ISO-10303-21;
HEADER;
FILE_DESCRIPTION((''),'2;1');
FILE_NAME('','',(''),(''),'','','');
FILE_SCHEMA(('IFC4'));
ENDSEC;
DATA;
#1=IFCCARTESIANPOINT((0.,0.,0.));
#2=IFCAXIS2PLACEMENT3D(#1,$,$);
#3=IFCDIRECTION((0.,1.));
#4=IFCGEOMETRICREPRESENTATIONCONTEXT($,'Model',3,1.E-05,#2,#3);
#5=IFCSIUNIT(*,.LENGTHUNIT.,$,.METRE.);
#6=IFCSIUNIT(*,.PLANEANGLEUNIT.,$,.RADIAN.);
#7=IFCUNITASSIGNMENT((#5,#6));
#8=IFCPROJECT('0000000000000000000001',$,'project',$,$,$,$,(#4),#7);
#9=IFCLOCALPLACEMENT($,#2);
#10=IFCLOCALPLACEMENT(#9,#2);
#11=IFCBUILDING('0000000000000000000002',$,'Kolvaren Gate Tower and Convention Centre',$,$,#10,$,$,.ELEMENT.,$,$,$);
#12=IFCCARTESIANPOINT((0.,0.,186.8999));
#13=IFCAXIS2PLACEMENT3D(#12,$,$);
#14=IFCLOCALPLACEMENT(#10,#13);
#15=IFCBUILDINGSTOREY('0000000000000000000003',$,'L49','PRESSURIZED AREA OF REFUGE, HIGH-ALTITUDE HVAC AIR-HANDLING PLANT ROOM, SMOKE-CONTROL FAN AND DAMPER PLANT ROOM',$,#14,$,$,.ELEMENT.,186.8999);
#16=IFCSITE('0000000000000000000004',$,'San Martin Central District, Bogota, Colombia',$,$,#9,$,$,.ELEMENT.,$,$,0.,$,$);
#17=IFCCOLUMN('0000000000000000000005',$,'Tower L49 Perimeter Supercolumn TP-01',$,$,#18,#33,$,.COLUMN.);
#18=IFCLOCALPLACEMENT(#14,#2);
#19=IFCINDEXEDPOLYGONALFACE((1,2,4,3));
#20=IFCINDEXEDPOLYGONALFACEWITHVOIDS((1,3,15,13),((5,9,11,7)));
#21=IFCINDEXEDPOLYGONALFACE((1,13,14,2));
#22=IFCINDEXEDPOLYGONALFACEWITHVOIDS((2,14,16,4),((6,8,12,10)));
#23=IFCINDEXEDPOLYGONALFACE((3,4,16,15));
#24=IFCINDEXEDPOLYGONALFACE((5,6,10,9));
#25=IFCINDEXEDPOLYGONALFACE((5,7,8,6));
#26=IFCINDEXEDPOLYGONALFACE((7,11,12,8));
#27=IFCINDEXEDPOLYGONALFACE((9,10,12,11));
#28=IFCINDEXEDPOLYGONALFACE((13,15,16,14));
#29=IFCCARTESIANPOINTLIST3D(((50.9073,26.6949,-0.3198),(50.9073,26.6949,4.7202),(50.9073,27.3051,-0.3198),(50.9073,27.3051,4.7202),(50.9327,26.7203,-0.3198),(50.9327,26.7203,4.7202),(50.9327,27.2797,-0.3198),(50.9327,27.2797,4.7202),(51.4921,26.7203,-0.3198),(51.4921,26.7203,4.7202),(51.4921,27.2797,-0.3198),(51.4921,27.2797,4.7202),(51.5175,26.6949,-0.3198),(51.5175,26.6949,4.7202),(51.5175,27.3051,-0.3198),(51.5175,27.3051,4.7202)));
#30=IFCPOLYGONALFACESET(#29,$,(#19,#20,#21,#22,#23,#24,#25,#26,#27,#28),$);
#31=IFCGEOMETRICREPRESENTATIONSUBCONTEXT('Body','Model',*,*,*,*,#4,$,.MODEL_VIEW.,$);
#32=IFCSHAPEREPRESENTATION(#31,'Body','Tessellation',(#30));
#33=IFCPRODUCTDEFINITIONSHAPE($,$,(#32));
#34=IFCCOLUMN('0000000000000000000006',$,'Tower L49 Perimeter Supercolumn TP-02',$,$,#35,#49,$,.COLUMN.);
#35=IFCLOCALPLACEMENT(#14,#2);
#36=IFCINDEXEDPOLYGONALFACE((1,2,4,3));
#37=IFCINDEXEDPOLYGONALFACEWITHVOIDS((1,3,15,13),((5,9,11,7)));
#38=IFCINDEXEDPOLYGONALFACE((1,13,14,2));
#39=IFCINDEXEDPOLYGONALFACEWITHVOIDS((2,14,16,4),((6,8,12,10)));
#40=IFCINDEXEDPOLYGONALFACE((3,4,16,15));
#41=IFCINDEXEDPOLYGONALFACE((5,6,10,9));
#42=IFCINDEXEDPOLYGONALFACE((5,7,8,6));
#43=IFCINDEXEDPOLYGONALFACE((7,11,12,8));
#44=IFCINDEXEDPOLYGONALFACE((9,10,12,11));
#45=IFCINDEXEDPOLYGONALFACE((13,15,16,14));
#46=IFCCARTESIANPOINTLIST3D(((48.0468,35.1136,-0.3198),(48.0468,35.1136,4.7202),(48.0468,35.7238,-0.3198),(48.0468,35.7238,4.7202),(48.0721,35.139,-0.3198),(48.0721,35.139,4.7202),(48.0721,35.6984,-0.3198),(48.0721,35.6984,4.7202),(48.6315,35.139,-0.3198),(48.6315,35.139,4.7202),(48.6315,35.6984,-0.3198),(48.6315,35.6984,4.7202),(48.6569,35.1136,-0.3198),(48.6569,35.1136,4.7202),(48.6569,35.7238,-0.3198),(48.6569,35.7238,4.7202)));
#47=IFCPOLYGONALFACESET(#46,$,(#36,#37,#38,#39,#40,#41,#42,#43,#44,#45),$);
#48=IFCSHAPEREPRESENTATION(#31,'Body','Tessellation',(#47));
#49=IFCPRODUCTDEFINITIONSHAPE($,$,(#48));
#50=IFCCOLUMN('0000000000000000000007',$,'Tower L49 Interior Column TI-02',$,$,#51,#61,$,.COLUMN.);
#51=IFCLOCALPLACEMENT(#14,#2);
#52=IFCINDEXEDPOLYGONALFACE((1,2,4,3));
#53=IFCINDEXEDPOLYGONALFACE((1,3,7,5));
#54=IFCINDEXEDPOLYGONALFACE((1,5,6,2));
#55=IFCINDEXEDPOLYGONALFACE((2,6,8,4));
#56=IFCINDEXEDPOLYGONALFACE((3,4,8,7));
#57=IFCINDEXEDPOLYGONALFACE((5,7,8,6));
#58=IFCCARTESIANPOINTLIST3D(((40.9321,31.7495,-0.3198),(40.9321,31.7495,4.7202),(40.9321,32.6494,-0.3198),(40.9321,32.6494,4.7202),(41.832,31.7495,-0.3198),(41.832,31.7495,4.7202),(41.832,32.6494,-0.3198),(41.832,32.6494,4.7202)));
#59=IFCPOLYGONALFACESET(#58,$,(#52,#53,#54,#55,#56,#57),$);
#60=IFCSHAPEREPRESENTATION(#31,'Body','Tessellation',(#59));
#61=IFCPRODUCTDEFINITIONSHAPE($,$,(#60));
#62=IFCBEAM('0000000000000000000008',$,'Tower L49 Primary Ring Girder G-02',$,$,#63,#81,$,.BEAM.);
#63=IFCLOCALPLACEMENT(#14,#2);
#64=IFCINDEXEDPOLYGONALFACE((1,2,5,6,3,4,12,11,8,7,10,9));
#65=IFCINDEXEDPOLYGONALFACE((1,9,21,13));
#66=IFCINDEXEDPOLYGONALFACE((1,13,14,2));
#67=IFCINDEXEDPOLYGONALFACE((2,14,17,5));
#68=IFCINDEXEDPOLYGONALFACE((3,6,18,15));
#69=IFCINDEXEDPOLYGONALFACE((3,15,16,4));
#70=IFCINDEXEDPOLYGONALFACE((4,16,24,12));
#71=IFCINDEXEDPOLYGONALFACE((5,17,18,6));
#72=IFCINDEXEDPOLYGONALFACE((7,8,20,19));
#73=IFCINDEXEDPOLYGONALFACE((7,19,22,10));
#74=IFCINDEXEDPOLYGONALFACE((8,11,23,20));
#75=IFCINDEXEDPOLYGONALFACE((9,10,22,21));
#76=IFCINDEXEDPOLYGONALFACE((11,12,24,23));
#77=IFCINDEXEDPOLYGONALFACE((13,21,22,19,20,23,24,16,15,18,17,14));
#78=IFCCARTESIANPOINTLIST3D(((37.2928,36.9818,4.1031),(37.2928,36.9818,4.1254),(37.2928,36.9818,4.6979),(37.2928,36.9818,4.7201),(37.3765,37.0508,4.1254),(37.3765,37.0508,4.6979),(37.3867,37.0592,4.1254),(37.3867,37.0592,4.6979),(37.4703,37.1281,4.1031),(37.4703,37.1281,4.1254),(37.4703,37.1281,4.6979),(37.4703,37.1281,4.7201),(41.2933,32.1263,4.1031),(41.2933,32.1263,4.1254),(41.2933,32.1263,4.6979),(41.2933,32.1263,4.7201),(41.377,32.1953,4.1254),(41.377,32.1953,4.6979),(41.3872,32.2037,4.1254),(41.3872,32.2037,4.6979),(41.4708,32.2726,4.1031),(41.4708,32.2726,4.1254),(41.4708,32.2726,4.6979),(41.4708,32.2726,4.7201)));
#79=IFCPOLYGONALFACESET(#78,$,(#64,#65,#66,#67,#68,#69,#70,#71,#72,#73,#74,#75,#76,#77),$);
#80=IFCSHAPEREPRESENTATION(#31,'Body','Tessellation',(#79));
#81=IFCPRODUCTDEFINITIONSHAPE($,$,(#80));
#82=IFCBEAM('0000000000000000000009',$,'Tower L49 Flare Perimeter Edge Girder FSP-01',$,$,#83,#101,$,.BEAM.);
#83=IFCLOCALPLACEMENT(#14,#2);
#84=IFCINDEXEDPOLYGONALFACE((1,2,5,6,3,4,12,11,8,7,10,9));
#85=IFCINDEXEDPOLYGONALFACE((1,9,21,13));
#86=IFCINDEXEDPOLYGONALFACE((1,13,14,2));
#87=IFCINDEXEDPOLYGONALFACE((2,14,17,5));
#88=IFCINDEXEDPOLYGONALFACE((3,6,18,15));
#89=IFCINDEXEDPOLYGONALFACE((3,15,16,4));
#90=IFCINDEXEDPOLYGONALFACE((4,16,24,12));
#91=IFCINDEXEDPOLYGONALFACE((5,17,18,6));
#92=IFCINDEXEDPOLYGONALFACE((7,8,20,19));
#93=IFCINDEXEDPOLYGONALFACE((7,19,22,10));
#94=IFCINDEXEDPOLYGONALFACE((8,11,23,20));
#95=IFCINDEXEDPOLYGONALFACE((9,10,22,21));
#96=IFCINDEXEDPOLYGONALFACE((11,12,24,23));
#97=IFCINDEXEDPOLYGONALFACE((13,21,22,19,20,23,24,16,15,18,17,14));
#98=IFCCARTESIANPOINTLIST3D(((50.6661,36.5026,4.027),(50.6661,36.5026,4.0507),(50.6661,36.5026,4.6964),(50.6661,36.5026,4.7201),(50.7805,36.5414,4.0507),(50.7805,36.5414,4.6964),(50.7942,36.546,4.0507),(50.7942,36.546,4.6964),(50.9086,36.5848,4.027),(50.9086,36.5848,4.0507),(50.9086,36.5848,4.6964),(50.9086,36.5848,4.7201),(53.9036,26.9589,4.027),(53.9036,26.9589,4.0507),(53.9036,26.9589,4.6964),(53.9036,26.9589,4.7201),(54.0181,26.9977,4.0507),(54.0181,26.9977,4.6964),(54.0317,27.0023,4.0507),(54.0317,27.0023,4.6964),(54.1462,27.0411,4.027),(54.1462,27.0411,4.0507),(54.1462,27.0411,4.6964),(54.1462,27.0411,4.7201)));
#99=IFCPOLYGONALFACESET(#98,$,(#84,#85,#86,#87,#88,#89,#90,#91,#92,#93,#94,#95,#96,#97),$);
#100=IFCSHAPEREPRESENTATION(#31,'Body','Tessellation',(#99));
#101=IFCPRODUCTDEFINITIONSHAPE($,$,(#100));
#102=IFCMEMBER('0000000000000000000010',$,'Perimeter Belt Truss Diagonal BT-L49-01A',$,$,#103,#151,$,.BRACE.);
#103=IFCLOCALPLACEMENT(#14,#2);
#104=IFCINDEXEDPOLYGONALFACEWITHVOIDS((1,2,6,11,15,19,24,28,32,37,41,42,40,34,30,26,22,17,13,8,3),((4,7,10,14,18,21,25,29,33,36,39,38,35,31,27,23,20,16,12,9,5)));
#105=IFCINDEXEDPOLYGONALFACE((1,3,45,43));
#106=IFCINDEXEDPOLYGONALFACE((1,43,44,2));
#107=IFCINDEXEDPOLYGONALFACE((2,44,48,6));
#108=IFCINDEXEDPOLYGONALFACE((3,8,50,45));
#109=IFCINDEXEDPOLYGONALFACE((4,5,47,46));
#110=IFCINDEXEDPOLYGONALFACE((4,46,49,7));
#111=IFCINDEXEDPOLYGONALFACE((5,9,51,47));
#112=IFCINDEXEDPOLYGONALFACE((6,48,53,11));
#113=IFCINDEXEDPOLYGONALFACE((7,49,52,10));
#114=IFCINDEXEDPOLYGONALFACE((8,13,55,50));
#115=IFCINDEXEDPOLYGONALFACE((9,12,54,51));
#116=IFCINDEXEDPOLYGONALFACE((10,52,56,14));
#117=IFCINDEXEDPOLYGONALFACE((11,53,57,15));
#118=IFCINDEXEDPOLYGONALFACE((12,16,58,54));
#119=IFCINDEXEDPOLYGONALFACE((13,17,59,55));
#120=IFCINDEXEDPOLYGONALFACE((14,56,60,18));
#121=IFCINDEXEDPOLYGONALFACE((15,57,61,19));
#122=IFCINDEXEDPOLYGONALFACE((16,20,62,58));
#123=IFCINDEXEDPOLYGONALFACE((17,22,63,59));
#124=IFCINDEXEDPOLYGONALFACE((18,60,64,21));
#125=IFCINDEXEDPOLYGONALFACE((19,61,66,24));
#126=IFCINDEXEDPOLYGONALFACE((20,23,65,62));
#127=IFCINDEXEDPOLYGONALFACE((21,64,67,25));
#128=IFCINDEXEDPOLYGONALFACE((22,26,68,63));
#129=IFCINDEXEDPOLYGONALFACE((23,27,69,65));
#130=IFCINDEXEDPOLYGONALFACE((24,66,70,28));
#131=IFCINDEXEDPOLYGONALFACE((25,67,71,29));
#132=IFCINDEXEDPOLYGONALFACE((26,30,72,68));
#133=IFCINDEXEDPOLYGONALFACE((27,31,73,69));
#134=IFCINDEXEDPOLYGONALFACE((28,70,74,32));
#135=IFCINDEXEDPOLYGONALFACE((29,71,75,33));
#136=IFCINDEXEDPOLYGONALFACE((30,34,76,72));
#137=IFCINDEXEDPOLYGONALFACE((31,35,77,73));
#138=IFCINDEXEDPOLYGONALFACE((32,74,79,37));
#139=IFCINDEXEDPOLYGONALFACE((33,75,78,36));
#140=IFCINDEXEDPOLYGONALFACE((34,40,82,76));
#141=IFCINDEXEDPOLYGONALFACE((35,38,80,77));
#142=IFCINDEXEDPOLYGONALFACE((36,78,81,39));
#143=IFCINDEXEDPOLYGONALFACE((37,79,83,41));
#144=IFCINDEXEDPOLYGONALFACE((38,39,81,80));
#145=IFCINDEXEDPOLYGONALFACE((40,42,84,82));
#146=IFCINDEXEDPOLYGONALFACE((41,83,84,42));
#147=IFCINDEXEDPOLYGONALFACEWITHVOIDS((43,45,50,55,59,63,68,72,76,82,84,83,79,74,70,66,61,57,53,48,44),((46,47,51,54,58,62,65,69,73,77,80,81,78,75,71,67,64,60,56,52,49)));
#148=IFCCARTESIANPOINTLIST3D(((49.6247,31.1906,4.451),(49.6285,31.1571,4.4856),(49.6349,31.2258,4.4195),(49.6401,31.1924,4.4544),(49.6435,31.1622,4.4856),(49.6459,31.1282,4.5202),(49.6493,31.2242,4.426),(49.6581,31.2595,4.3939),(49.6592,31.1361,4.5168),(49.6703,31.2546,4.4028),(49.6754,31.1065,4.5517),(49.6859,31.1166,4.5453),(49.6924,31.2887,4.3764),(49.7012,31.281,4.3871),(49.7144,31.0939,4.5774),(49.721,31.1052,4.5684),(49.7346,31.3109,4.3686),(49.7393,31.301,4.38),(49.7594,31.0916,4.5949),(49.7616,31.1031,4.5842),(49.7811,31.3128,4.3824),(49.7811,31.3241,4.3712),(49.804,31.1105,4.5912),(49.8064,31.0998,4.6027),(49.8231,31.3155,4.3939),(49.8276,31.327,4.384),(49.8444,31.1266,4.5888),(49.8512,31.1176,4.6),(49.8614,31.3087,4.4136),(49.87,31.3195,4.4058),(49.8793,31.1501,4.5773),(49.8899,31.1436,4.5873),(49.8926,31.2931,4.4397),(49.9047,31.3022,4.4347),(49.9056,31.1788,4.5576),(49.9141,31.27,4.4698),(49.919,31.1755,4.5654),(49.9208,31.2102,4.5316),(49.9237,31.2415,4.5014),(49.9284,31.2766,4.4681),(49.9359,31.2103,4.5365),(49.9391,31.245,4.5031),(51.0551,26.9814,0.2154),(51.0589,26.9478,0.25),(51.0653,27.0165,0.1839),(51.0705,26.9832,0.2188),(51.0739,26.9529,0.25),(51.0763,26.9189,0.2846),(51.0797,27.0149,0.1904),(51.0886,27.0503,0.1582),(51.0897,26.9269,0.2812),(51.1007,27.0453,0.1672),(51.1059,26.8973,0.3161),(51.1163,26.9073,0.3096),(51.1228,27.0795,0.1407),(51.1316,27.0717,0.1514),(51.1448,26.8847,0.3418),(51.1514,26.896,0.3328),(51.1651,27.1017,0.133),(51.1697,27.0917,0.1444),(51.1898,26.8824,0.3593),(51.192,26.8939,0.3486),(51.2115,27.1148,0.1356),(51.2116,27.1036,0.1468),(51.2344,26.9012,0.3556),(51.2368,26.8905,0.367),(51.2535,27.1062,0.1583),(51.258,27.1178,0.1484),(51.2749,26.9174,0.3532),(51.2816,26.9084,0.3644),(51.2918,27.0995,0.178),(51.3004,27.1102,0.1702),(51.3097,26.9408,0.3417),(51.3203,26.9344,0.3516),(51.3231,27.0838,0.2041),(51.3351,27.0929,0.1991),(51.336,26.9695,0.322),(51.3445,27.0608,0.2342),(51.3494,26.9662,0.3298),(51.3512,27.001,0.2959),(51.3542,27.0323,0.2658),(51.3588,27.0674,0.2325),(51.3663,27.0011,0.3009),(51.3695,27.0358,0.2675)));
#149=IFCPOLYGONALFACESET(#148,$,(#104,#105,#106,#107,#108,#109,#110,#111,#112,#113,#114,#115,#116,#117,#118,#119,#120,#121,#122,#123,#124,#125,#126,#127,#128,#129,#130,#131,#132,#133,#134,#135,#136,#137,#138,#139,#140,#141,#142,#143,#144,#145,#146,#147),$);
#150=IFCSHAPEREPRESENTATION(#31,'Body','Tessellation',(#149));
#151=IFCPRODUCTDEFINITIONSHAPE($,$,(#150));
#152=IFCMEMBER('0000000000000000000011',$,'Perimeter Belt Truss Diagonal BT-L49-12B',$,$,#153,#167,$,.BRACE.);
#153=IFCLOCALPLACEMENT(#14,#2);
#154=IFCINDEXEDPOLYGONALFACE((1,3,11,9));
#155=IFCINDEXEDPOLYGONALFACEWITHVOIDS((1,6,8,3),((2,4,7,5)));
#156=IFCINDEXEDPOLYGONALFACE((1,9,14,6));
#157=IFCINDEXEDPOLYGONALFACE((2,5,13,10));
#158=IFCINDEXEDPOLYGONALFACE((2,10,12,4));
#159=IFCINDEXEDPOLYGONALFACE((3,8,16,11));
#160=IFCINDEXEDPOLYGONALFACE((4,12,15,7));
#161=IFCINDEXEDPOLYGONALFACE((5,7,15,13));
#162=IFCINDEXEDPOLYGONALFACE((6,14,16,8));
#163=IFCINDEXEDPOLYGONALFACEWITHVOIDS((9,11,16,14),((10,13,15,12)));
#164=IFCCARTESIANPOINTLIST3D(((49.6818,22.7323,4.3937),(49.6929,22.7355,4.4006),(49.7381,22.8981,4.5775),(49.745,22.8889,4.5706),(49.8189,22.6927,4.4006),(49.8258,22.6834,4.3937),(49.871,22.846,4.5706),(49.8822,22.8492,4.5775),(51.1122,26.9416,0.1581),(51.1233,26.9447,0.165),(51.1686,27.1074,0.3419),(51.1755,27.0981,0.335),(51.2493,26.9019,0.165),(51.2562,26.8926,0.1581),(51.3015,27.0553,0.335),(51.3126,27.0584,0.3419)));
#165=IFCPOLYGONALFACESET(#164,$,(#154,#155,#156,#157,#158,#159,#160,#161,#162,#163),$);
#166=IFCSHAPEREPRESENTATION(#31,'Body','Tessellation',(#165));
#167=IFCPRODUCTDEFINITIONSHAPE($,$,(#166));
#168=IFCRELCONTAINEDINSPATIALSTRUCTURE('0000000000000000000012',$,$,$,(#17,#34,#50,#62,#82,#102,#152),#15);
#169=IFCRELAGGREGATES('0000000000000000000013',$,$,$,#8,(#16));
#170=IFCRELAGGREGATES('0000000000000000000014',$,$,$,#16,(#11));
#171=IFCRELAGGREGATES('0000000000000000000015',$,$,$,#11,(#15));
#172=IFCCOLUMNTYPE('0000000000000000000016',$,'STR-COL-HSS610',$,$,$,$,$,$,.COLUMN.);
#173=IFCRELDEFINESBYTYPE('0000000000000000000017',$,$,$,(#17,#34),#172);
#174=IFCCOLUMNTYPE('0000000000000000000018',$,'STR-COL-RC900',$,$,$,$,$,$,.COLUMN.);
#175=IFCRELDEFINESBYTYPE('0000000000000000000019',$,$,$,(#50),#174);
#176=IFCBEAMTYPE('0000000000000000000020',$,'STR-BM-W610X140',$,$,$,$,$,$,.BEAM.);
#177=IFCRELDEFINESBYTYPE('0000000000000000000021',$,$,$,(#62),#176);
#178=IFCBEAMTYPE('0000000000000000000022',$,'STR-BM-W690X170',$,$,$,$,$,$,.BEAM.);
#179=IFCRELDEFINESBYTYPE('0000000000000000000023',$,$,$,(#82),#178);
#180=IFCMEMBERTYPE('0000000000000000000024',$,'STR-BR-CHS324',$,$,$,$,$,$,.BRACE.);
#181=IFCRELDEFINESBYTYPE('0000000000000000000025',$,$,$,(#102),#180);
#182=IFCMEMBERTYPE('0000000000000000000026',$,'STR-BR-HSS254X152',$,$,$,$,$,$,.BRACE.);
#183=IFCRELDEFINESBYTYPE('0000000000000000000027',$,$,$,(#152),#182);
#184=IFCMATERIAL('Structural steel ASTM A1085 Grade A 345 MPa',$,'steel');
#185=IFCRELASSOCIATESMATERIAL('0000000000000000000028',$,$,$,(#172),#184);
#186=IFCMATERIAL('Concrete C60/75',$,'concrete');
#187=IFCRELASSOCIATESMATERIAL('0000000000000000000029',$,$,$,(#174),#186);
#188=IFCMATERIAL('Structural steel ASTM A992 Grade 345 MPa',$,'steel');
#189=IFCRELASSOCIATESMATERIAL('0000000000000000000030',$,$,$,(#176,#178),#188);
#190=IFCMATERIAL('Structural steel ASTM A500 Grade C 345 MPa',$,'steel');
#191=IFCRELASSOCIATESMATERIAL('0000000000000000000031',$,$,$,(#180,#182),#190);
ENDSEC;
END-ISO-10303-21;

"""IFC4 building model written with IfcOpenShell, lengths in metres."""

from ifc_helpers import new_model, si_unit, direction, frame, origin, origin_2d, place, context, subcontext, project, spatial, rectangle, hollow_rectangle, hollow_circle, i_section, extrude, material, material_profile, profile_set, type_object, element, save


model = new_model("IFC4")

# Units and contexts
model_context = context("Model", 3, precision=1e-05, world=origin(), true_north=direction((0.0, 1.0)))
body_context = subcontext(model_context, "Body", "Model", "MODEL_VIEW")
ifc_project = project(units=[si_unit("LENGTHUNIT", "METRE"), si_unit("PLANEANGLEUNIT", "RADIAN")], contexts=[model_context])

# Site, building, storey
site_placement = place(None, origin())
site = spatial("IfcSite", under=ifc_project, at=site_placement, Name="San Martin Central District, Bogota, Colombia", CompositionType="ELEMENT", RefElevation=0.0)
building_placement = place(site_placement, origin())
building = spatial("IfcBuilding", under=site, at=building_placement, Name="Kolvaren Gate Tower and Convention Centre", CompositionType="ELEMENT")
storey_placement = place(building_placement, frame((0.0, 0.0, 186.8999)))
storey = spatial("IfcBuildingStorey", under=building, at=storey_placement, Name="L49", Description="PRESSURIZED AREA OF REFUGE, HIGH-ALTITUDE HVAC AIR-HANDLING PLANT ROOM, SMOKE-CONTROL FAN AND DAMPER PLANT ROOM", CompositionType="ELEMENT", Elevation=186.8999)

# Columns
ifc_material_1 = material(Name="Structural steel ASTM A1085 Grade A 345 MPa", Category="steel")
ifc_material_profile_1 = material_profile(ifc_material_1, hollow_rectangle(XDim=0.6101, YDim=0.6101, WallThickness=0.0254, at=origin_2d()), Name="HSS610X610X25.4")
ifc_profile_set_1 = profile_set([ifc_material_profile_1], Name="Structural steel ASTM A1085 Grade A 345 MPa")
column_type_1 = type_object("IfcColumnType", Name="STR-COL-HSS610", PredefinedType="COLUMN", material=ifc_profile_set_1)
for number, where, z_axis, x_axis, name in (
    (1, (51.2124, 27.0, -0.3198), (0.0, 0.0, 1.0), (1.0, 0.0, 0.0), "Tower L49 Perimeter Supercolumn TP-01"),
    (2, (48.3518, 35.4187, -0.3198), (0.0, 0.0, 1.0), (1.0, 0.0, 0.0), "Tower L49 Perimeter Supercolumn TP-02"),
):
    element("IfcColumn", number, at=place(storey_placement, frame(where, z_axis=z_axis, x_axis=x_axis)), inside=storey, type_object=column_type_1, Name=name, PredefinedType="COLUMN", context=body_context, shape_type="SweptSolid", body=[
        extrude(hollow_rectangle(XDim=0.6101, YDim=0.6101, WallThickness=0.0254, at=origin_2d()), origin(), (0.0, 0.0, 1.0), 5.04),
    ])
ifc_material_2 = material(Name="Concrete C60/75", Category="concrete")
ifc_material_profile_2 = material_profile(ifc_material_2, rectangle(XDim=0.8999, YDim=0.8999, at=origin_2d()), Name="RC-COL-900X900")
ifc_profile_set_2 = profile_set([ifc_material_profile_2], Name="Concrete C60/75")
column_type_2 = type_object("IfcColumnType", Name="STR-COL-RC900", PredefinedType="COLUMN", material=ifc_profile_set_2)
column_placement = place(storey_placement, frame((41.3821, 32.1995, -0.3198), z_axis=(0.0, 0.0, 1.0), x_axis=(1.0, 0.0, 0.0)))
element("IfcColumn", 3, at=column_placement, inside=storey, type_object=column_type_2, Name="Tower L49 Interior Column TI-02", PredefinedType="COLUMN", context=body_context, shape_type="SweptSolid", body=[
    extrude(rectangle(XDim=0.8999, YDim=0.8999, at=origin_2d()), origin(), (0.0, 0.0, 1.0), 5.04),
])

# Beams
ifc_material_3 = material(Name="Structural steel ASTM A992 Grade 345 MPa", Category="steel")
ifc_material_profile_3 = material_profile(ifc_material_3, i_section(OverallWidth=0.23, OverallDepth=0.6169, WebThickness=0.0132, FlangeThickness=0.0222, at=origin_2d()), Name="W610X140")
ifc_profile_set_3 = profile_set([ifc_material_profile_3], Name="Structural steel ASTM A992 Grade 345 MPa")
beam_type_1 = type_object("IfcBeamType", Name="STR-BM-W610X140", PredefinedType="BEAM", material=ifc_profile_set_3)
beam_1_placement = place(storey_placement, frame((41.3821, 32.1995, 4.4116), z_axis=(-0.635884, 0.771785, 0.0), x_axis=(-0.771785, -0.635884, 0.0)))
element("IfcBeam", 4, at=beam_1_placement, inside=storey, type_object=beam_type_1, Name="Tower L49 Primary Ring Girder G-02", PredefinedType="BEAM", context=body_context, shape_type="SweptSolid", body=[
    extrude(i_section(OverallWidth=0.23, OverallDepth=0.6169, WebThickness=0.0132, FlangeThickness=0.0222, at=origin_2d()), origin(), (0.0, 0.0, 1.0), 6.2913),
])
ifc_material_profile_4 = material_profile(ifc_material_3, i_section(OverallWidth=0.2561, OverallDepth=0.6931, WebThickness=0.0144, FlangeThickness=0.0237, at=origin_2d()), Name="W690X170")
ifc_profile_set_4 = profile_set([ifc_material_profile_4], Name="Structural steel ASTM A992 Grade 345 MPa")
beam_type_2 = type_object("IfcBeamType", Name="STR-BM-W690X170", PredefinedType="BEAM", material=ifc_profile_set_4)
beam_2_placement = place(storey_placement, frame((54.0249, 27.0, 4.3735), z_axis=(-0.321253, 0.946994, 0.0), x_axis=(-0.946994, -0.321253, 0.0)))
element("IfcBeam", 5, at=beam_2_placement, inside=storey, type_object=beam_type_2, Name="Tower L49 Flare Perimeter Edge Girder FSP-01", PredefinedType="BEAM", context=body_context, shape_type="SweptSolid", body=[
    extrude(i_section(OverallWidth=0.2561, OverallDepth=0.6931, WebThickness=0.0144, FlangeThickness=0.0237, at=origin_2d()), origin(), (0.0, 0.0, 1.0), 10.0779),
])

# Members
ifc_material_4 = material(Name="Structural steel ASTM A500 Grade C 345 MPa", Category="steel")
ifc_material_profile_5 = material_profile(ifc_material_4, hollow_circle(Radius=0.1621, WallThickness=0.0159, at=origin_2d()), Name="CHS324X15.9")
ifc_profile_set_5 = profile_set([ifc_material_profile_5], Name="Structural steel ASTM A500 Grade C 345 MPa")
member_type_1 = type_object("IfcMemberType", Name="STR-BR-CHS324", PredefinedType="BRACE", material=ifc_profile_set_5)
member_1_placement = place(storey_placement, frame((51.2124, 27.0, 0.25), z_axis=(-0.232954, 0.685502, 0.689796), x_axis=(-0.946822, -0.321758, 0.0)))
element("IfcMember", 6, at=member_1_placement, inside=storey, type_object=member_type_1, Name="Perimeter Belt Truss Diagonal BT-L49-01A", PredefinedType="BRACE", context=body_context, shape_type="SweptSolid", body=[
    extrude(hollow_circle(Radius=0.1621, WallThickness=0.0159, at=origin_2d()), origin(), (0.0, 0.0, 1.0), 6.1404),
])
ifc_material_profile_6 = material_profile(ifc_material_4, hollow_rectangle(XDim=0.1521, YDim=0.2539, WallThickness=0.0095, at=origin_2d()), Name="HSS254X152X9.5")
ifc_profile_set_6 = profile_set([ifc_material_profile_6], Name="Structural steel ASTM A500 Grade C 345 MPa")
member_type_2 = type_object("IfcMemberType", Name="STR-BR-HSS254X152", PredefinedType="BRACE", material=ifc_profile_set_6)
member_2_placement = place(storey_placement, frame((51.2124, 27.0, 0.25), z_axis=(-0.232954, -0.685502, 0.689796), x_axis=(0.946822, -0.321758, 0.0)))
element("IfcMember", 7, at=member_2_placement, inside=storey, type_object=member_type_2, Name="Perimeter Belt Truss Diagonal BT-L49-12B", PredefinedType="BRACE", context=body_context, shape_type="SweptSolid", body=[
    extrude(hollow_rectangle(XDim=0.1521, YDim=0.2539, WallThickness=0.0095, at=origin_2d()), origin(), (0.0, 0.0, 1.0), 6.1404),
])

save(model, "model.ifc")
